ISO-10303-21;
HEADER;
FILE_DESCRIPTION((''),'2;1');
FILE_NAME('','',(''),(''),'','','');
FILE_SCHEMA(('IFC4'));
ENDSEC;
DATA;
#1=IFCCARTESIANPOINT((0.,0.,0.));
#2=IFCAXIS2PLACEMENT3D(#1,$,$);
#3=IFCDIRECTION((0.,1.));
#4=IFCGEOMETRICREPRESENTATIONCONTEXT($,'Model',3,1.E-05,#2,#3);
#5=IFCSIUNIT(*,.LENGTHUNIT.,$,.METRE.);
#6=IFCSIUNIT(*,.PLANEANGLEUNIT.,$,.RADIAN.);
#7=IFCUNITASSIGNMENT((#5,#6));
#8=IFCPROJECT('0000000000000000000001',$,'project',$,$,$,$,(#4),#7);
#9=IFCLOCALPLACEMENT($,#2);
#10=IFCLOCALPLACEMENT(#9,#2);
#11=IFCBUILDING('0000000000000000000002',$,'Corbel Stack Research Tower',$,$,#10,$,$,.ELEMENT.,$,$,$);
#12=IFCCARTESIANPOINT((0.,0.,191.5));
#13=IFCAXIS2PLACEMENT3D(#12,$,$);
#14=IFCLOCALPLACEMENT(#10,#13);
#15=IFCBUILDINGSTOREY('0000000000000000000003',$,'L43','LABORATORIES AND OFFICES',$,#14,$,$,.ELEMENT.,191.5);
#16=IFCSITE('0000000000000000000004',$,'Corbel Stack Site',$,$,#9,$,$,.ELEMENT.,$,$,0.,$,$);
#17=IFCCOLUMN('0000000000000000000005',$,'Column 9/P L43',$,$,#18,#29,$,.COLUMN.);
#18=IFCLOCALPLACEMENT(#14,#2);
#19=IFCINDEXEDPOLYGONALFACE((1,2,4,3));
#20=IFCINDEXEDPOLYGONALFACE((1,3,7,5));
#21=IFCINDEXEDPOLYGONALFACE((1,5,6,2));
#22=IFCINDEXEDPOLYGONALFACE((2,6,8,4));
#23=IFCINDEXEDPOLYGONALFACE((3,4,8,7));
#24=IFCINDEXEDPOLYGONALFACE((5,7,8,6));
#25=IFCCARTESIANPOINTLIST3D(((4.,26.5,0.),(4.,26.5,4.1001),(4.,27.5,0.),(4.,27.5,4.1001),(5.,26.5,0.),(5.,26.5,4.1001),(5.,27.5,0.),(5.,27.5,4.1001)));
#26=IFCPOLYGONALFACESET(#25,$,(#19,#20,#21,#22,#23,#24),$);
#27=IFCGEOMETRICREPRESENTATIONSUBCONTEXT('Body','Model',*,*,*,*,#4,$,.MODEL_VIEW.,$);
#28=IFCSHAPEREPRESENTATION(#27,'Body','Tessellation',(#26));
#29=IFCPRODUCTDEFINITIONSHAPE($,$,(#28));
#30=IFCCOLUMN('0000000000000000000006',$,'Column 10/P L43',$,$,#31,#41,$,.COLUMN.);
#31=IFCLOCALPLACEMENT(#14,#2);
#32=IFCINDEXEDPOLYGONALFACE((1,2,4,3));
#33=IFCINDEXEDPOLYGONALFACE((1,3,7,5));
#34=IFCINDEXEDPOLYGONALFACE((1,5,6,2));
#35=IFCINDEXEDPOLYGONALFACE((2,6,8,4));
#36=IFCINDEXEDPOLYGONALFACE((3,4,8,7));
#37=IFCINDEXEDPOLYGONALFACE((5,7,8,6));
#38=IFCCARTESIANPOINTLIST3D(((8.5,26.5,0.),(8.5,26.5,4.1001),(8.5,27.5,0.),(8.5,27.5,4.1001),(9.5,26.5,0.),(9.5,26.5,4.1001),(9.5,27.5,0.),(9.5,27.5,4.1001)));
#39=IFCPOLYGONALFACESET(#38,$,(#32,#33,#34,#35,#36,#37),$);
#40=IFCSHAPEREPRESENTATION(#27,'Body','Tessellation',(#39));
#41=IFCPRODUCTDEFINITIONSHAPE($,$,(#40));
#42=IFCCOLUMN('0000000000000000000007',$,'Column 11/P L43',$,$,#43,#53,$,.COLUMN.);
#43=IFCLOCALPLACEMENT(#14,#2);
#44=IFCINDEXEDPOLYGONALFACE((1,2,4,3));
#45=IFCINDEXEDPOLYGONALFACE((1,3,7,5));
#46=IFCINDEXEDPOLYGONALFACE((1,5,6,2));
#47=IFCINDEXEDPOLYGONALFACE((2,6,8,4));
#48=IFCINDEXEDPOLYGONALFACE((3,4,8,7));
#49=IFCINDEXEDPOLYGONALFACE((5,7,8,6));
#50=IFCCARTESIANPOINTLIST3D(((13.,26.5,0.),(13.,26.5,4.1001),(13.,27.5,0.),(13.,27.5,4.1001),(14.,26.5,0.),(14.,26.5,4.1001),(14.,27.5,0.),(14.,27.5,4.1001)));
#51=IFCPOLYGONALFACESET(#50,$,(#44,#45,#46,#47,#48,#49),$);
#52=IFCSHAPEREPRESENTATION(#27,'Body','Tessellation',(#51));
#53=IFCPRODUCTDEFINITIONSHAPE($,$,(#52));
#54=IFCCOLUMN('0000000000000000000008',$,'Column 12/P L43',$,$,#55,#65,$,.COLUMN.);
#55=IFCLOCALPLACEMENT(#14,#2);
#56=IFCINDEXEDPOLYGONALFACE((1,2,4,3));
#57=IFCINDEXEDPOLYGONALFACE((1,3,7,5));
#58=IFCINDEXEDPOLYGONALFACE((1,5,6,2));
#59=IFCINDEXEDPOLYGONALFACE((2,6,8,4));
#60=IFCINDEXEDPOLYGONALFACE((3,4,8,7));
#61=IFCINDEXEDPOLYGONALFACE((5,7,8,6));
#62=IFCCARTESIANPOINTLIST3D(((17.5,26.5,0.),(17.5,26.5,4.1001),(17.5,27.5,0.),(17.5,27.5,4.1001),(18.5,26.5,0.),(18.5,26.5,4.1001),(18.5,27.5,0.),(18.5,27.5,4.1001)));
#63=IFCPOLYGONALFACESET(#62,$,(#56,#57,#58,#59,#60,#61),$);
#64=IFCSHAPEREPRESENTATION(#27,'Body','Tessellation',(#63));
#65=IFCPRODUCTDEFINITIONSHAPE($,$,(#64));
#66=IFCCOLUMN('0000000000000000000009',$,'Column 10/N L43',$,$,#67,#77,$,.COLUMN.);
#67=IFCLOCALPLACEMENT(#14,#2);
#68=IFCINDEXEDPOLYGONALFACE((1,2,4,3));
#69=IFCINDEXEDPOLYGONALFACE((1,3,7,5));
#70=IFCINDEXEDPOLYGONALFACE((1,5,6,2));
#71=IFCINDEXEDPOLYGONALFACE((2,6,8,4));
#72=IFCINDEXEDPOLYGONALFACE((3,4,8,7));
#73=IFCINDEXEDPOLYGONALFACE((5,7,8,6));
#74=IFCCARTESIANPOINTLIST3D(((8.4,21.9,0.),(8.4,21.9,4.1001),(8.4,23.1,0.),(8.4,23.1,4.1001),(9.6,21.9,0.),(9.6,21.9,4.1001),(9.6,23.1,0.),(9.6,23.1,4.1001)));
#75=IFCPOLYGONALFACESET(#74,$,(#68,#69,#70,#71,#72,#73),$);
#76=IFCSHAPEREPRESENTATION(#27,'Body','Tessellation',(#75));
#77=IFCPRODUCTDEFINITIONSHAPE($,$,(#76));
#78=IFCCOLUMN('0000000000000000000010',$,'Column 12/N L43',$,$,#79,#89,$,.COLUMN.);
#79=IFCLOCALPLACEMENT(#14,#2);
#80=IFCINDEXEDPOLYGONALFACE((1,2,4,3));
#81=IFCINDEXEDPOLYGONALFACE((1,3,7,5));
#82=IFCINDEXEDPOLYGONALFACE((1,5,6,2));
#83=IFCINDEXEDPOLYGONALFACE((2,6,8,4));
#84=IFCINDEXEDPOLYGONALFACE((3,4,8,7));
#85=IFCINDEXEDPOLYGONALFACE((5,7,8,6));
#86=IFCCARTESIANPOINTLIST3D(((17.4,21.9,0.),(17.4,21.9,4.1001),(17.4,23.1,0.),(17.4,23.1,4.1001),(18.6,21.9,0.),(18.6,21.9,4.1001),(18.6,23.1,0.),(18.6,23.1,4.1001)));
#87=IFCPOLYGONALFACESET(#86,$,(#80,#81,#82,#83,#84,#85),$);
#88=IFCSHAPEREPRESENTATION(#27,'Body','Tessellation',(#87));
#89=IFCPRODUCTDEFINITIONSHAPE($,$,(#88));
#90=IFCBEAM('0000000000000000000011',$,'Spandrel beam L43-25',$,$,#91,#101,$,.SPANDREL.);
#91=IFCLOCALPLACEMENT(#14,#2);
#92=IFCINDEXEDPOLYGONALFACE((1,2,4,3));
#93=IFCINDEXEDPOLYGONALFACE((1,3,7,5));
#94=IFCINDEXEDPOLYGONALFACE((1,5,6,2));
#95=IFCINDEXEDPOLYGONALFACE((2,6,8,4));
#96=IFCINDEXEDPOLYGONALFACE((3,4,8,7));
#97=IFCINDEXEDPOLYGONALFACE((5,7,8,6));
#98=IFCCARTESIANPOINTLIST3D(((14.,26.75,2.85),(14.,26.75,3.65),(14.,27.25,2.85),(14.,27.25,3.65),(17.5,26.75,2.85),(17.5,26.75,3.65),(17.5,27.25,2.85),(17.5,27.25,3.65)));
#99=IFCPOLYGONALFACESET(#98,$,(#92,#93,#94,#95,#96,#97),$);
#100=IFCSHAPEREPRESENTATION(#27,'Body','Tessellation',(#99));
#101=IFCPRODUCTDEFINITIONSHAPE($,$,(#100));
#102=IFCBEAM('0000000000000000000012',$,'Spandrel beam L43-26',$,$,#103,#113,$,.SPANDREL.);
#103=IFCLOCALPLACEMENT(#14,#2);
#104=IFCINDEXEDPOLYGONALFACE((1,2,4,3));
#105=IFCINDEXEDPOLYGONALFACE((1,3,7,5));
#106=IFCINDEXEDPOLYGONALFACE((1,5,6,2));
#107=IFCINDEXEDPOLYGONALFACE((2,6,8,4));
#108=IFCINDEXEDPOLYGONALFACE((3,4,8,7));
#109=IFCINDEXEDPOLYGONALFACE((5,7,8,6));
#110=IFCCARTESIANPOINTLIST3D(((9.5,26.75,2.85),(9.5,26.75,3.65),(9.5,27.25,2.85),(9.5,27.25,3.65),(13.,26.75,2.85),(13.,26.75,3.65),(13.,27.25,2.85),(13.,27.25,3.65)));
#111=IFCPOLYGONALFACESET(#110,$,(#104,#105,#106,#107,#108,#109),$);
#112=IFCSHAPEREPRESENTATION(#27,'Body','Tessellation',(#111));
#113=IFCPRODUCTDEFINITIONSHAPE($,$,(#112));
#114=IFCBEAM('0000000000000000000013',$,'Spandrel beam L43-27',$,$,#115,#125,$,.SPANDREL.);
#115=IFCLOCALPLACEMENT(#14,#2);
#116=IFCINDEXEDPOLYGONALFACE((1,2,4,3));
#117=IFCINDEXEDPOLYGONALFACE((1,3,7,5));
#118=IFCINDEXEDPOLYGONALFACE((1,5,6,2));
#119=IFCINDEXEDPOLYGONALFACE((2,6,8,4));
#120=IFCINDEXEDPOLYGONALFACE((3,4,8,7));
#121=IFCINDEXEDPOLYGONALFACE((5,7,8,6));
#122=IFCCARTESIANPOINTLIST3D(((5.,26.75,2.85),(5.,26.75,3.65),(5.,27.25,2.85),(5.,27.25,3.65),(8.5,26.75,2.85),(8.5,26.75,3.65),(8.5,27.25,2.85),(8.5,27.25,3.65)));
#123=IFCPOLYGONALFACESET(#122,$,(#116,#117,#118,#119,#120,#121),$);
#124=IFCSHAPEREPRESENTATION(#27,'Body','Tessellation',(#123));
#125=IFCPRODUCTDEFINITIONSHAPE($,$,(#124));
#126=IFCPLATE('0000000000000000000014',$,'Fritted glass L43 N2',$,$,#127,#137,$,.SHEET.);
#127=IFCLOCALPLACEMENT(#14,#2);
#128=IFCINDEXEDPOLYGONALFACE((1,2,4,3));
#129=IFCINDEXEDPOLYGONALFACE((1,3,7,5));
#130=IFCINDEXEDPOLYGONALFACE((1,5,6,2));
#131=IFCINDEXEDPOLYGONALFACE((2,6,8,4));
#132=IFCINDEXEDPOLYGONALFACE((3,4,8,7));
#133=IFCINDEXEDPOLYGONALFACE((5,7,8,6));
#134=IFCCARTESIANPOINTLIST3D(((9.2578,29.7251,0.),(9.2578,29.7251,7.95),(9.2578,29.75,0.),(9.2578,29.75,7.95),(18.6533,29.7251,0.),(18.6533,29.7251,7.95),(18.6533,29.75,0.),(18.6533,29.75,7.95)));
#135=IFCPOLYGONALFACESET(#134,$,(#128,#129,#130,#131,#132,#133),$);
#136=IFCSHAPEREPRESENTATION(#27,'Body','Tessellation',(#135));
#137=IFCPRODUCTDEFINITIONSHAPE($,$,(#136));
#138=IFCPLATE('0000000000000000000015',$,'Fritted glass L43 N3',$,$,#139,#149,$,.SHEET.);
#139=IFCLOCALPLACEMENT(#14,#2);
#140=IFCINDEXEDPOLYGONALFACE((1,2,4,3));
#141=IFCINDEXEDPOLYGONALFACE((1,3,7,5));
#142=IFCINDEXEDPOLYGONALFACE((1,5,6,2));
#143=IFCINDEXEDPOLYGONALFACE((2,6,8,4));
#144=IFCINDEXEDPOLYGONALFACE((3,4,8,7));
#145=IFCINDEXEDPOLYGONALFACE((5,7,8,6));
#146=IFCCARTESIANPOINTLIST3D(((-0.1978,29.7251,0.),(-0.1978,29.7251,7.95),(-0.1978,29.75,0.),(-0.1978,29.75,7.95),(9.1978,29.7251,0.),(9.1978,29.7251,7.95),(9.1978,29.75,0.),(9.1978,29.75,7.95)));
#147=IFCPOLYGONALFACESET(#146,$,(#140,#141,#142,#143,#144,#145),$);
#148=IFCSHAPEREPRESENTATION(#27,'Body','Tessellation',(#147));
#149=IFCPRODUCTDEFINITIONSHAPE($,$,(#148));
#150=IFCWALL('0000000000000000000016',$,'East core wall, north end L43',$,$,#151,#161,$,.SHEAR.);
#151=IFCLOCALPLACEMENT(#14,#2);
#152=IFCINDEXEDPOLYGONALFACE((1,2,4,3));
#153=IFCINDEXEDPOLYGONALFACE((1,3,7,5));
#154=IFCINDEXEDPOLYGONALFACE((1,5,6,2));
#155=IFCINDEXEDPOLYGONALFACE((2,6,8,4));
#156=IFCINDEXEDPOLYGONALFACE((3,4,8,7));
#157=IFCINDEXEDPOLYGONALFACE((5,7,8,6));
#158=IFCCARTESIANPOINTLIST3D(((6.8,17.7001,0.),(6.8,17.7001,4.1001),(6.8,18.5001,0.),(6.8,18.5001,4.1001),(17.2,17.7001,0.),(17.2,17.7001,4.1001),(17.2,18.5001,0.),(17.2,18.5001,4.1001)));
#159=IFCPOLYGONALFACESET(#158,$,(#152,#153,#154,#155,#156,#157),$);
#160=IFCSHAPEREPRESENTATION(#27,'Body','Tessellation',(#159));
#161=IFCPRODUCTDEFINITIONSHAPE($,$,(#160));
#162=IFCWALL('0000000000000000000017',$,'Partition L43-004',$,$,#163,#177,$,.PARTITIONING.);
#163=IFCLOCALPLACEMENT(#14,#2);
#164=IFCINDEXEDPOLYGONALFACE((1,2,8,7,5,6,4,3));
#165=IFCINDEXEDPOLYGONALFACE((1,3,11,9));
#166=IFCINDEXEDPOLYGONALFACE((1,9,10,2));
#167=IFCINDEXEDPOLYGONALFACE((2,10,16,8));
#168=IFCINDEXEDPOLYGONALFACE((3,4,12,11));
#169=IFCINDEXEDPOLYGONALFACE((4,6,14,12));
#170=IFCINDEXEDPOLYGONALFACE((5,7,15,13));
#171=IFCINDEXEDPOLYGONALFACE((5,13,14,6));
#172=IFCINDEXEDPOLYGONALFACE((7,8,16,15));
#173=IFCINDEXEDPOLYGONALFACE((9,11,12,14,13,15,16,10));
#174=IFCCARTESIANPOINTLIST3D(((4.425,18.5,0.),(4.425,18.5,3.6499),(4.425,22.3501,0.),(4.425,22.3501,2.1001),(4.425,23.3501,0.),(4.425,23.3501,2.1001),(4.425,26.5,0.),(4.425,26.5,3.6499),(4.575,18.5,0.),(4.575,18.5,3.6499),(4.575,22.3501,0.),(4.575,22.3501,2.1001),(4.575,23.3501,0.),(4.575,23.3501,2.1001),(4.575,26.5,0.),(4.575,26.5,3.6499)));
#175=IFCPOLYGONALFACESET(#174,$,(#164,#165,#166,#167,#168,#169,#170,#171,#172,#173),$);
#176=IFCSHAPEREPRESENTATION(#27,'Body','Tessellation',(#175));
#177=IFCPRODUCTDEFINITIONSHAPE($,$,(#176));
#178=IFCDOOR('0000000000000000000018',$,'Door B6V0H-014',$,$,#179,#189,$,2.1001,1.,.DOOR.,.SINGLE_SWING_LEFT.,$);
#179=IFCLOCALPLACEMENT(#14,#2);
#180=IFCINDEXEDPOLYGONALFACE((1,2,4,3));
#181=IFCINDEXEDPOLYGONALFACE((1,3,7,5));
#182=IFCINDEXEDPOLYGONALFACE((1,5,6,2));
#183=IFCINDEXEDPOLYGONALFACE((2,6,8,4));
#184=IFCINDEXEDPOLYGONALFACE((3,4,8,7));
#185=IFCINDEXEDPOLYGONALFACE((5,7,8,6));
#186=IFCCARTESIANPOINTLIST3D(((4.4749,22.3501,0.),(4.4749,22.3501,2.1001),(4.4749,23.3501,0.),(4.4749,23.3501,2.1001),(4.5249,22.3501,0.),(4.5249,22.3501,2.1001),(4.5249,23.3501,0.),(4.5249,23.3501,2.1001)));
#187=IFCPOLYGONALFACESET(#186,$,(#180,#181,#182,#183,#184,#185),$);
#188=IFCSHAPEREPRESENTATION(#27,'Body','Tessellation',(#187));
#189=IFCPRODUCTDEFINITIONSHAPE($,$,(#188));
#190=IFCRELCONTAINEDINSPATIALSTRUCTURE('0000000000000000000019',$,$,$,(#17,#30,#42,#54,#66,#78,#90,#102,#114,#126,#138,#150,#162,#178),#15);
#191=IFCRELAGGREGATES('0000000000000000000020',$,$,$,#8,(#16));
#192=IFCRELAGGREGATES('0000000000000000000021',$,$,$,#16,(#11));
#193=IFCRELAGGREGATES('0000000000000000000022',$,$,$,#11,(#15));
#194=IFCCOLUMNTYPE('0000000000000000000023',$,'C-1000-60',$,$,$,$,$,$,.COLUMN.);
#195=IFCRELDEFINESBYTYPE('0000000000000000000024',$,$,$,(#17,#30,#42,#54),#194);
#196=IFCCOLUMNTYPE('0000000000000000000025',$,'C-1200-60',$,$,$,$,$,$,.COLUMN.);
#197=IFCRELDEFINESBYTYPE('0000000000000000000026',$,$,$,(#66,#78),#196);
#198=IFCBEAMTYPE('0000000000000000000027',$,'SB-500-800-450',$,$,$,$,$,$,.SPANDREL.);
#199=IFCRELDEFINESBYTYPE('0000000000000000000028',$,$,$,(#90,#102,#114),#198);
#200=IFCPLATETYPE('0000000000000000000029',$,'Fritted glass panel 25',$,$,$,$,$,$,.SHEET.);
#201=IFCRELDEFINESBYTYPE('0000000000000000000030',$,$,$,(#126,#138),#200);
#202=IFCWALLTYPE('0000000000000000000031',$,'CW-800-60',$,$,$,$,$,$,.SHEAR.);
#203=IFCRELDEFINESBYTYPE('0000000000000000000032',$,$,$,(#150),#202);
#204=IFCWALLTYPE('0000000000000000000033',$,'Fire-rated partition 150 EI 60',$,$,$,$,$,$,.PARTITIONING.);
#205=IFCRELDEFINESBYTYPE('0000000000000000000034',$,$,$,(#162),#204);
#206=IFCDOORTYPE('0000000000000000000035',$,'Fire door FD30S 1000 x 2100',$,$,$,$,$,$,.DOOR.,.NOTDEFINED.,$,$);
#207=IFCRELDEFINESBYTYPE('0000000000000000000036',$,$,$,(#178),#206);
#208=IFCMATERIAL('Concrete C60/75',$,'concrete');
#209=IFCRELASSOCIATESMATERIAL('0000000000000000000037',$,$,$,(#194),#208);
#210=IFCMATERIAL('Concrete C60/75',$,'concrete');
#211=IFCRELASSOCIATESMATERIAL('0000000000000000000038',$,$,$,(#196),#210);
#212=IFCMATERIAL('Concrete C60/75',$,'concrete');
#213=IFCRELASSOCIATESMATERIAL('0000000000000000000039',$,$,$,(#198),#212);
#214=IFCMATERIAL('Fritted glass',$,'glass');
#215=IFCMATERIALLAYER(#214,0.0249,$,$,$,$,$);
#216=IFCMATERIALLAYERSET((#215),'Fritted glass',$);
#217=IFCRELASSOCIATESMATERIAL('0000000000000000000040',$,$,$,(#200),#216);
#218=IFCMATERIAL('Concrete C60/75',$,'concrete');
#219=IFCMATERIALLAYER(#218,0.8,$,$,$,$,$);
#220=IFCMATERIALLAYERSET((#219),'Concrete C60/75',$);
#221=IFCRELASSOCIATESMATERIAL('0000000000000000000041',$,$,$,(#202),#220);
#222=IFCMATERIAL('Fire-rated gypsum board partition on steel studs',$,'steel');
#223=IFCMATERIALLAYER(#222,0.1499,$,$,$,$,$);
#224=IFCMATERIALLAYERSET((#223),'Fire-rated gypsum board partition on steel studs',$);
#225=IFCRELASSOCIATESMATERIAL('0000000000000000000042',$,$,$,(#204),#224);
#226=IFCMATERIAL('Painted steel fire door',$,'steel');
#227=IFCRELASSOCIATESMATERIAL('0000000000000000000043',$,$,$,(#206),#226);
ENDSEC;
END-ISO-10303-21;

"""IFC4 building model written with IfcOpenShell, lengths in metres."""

from ifc_helpers import new_model, si_unit, direction, frame, frame_2d, origin, origin_2d, place, context, subcontext, project, spatial, rectangle, extrude, material, layer, layer_set, material_profile, profile_set, type_object, element, fill, save


model = new_model("IFC4")

# Units and contexts
model_context = context("Model", 3, precision=1e-05, world=origin(), true_north=direction((0.0, 1.0)))
body_context = subcontext(model_context, "Body", "Model", "MODEL_VIEW")
ifc_project = project(units=[si_unit("LENGTHUNIT", "METRE"), si_unit("PLANEANGLEUNIT", "RADIAN")], contexts=[model_context])

# Site, building, storey
site_placement = place(None, origin())
site = spatial("IfcSite", under=ifc_project, at=site_placement, Name="Corbel Stack Site", CompositionType="ELEMENT", RefElevation=0.0)
building_placement = place(site_placement, origin())
building = spatial("IfcBuilding", under=site, at=building_placement, Name="Corbel Stack Research Tower", CompositionType="ELEMENT")
storey_placement = place(building_placement, frame((0.0, 0.0, 191.5)))
storey = spatial("IfcBuildingStorey", under=building, at=storey_placement, Name="L43", Description="LABORATORIES AND OFFICES", CompositionType="ELEMENT", Elevation=191.5)

# Columns
ifc_material_1 = material(Name="Concrete C60/75", Category="concrete")
ifc_material_profile_1 = material_profile(ifc_material_1, rectangle(XDim=1.0, YDim=1.0, at=origin_2d()), Name="RC 1000 x 1000")
ifc_profile_set_1 = profile_set([ifc_material_profile_1], Name="Concrete C60/75")
column_type_1 = type_object("IfcColumnType", Name="C-1000-60", PredefinedType="COLUMN", material=ifc_profile_set_1)
for number, where, z_axis, x_axis, name in (
    (1, (4.5, 27.0, 0.0), (0.0, 0.0, 1.0), (1.0, 0.0, 0.0), "Column 9/P L43"),
    (2, (9.0, 27.0, 0.0), (0.0, 0.0, 1.0), (1.0, 0.0, 0.0), "Column 10/P L43"),
    (3, (13.5, 27.0, 0.0), (0.0, 0.0, 1.0), (1.0, 0.0, 0.0), "Column 11/P L43"),
    (4, (18.0, 27.0, 0.0), (0.0, 0.0, 1.0), (1.0, 0.0, 0.0), "Column 12/P L43"),
):
    element("IfcColumn", number, at=place(storey_placement, frame(where, z_axis=z_axis, x_axis=x_axis)), inside=storey, type_object=column_type_1, Name=name, PredefinedType="COLUMN", context=body_context, shape_type="SweptSolid", body=[
        extrude(rectangle(XDim=1.0, YDim=1.0, at=origin_2d()), origin(), (0.0, 0.0, 1.0), 4.1001),
    ])
ifc_material_2 = material(Name="Concrete C60/75", Category="concrete")
ifc_material_profile_2 = material_profile(ifc_material_2, rectangle(XDim=1.2, YDim=1.2, at=origin_2d()), Name="RC 1200 x 1200")
ifc_profile_set_2 = profile_set([ifc_material_profile_2], Name="Concrete C60/75")
column_type_2 = type_object("IfcColumnType", Name="C-1200-60", PredefinedType="COLUMN", material=ifc_profile_set_2)
for number, where, z_axis, x_axis, name in (
    (5, (9.0, 22.5, 0.0), (0.0, 0.0, 1.0), (1.0, 0.0, 0.0), "Column 10/N L43"),
    (6, (18.0, 22.5, 0.0), (0.0, 0.0, 1.0), (1.0, 0.0, 0.0), "Column 12/N L43"),
):
    element("IfcColumn", number, at=place(storey_placement, frame(where, z_axis=z_axis, x_axis=x_axis)), inside=storey, type_object=column_type_2, Name=name, PredefinedType="COLUMN", context=body_context, shape_type="SweptSolid", body=[
        extrude(rectangle(XDim=1.2, YDim=1.2, at=origin_2d()), origin(), (0.0, 0.0, 1.0), 4.1001),
    ])

# Beams
ifc_material_3 = material(Name="Concrete C60/75", Category="concrete")
ifc_material_profile_3 = material_profile(ifc_material_3, rectangle(XDim=0.5, YDim=0.8, at=origin_2d()), Name="RC 500 x 800")
ifc_profile_set_3 = profile_set([ifc_material_profile_3], Name="Concrete C60/75")
beam_type = type_object("IfcBeamType", Name="SB-500-800-450", PredefinedType="SPANDREL", material=ifc_profile_set_3)
for number, where, z_axis, x_axis, name in (
    (7, (17.5, 27.0, 3.25), (-1.0, 0.0, 0.0), (0.0, -1.0, 0.0), "Spandrel beam L43-25"),
    (8, (13.0, 27.0, 3.25), (-1.0, 0.0, 0.0), (0.0, -1.0, 0.0), "Spandrel beam L43-26"),
    (9, (8.5, 27.0, 3.25), (-1.0, 0.0, 0.0), (0.0, -1.0, 0.0), "Spandrel beam L43-27"),
):
    element("IfcBeam", number, at=place(storey_placement, frame(where, z_axis=z_axis, x_axis=x_axis)), inside=storey, type_object=beam_type, Name=name, PredefinedType="SPANDREL", context=body_context, shape_type="SweptSolid", body=[
        extrude(rectangle(XDim=0.5, YDim=0.8, at=origin_2d()), origin(), (0.0, 0.0, 1.0), 3.5),
    ])

# Plates
ifc_material_4 = material(Name="Fritted glass", Category="glass")
ifc_layer_1 = layer(ifc_material_4, 0.0249)
ifc_layer_set_1 = layer_set([ifc_layer_1], Name="Fritted glass")
plate_type = type_object("IfcPlateType", Name="Fritted glass panel 25", PredefinedType="SHEET", material=ifc_layer_set_1)
for number, where, z_axis, x_axis, name in (
    (10, (13.9556, 29.7375, 0.0), (0.0, 0.0, 1.0), (-1.0, 0.0, 0.0), "Fritted glass L43 N2"),
    (11, (4.5, 29.7375, 0.0), (0.0, 0.0, 1.0), (-1.0, 0.0, 0.0), "Fritted glass L43 N3"),
):
    element("IfcPlate", number, at=place(storey_placement, frame(where, z_axis=z_axis, x_axis=x_axis)), inside=storey, type_object=plate_type, Name=name, PredefinedType="SHEET", context=body_context, shape_type="SweptSolid", body=[
        extrude(rectangle(XDim=9.3955, YDim=0.0249, at=origin_2d()), origin(), (0.0, 0.0, 1.0), 7.95),
    ])

# Wall
ifc_material_5 = material(Name="Concrete C60/75", Category="concrete")
ifc_layer_2 = layer(ifc_material_5, 0.8)
ifc_layer_set_2 = layer_set([ifc_layer_2], Name="Concrete C60/75")
wall_type_1 = type_object("IfcWallType", Name="CW-800-60", PredefinedType="SHEAR", material=ifc_layer_set_2)
wall_1_placement = place(storey_placement, frame((6.8, 18.1001, 0.0), z_axis=(0.0, 0.0, 1.0), x_axis=(1.0, 0.0, 0.0)))
element("IfcWall", 12, at=wall_1_placement, inside=storey, type_object=wall_type_1, Name="East core wall, north end L43", PredefinedType="SHEAR", context=body_context, shape_type="SweptSolid", body=[
    extrude(rectangle(XDim=10.3999, YDim=0.8, at=frame_2d((5.2, 0.0))), origin(), (0.0, 0.0, 1.0), 4.1001),
])

# Wall, opening, door
ifc_material_6 = material(Name="Fire-rated gypsum board partition on steel studs", Category="steel")
ifc_layer_3 = layer(ifc_material_6, 0.1499)
ifc_layer_set_3 = layer_set([ifc_layer_3], Name="Fire-rated gypsum board partition on steel studs")
wall_type_2 = type_object("IfcWallType", Name="Fire-rated partition 150 EI 60", PredefinedType="PARTITIONING", material=ifc_layer_set_3)
wall_2_placement = place(storey_placement, frame((4.5, 26.5, 0.0), z_axis=(0.0, 0.0, 1.0), x_axis=(0.0, -1.0, 0.0)))
wall_2 = element("IfcWall", 13, at=wall_2_placement, inside=storey, type_object=wall_type_2, Name="Partition L43-004", PredefinedType="PARTITIONING", context=body_context, shape_type="SweptSolid", body=[
    extrude(rectangle(XDim=8.0, YDim=0.1499, at=frame_2d((4.0, 0.0))), origin(), (0.0, 0.0, 1.0), 3.6499),
])
opening_1_placement = place(wall_2_placement, frame((3.1499, 0.0, 0.0)))
opening_1 = element("IfcOpeningElement", 14, at=opening_1_placement, cuts=wall_2, PredefinedType="OPENING", context=body_context, shape_type="SweptSolid", body=[
    extrude(rectangle(XDim=1.0, YDim=2.1001, at=frame_2d((0.5, 1.05))), frame((0.0, 0.085, 0.0), z_axis=(0.0, -1.0, 0.0), x_axis=(1.0, 0.0, 0.0)), (0.0, 0.0, 1.0), 0.1699),
])
ifc_material_7 = material(Name="Painted steel fire door", Category="steel")
door_type_1 = type_object("IfcDoorType", Name="Fire door FD30S 1000 x 2100", OperationType="NOTDEFINED", PredefinedType="DOOR", material=ifc_material_7)
door_1_placement = place(opening_1_placement, origin())
door_1 = element("IfcDoor", 15, at=door_1_placement, inside=storey, type_object=door_type_1, Name="Door B6V0H-014", OperationType="SINGLE_SWING_LEFT", OverallHeight=2.1001, OverallWidth=1.0, PredefinedType="DOOR", context=body_context, shape_type="SweptSolid", body=[
    extrude(rectangle(XDim=1.0, YDim=2.1001, at=frame_2d((0.5, 1.05))), frame((0.0, 0.0249, 0.0), z_axis=(0.0, -1.0, 0.0), x_axis=(1.0, 0.0, 0.0)), (0.0, 0.0, 1.0), 0.05),
])
fill(opening_1, door_1)

save(model, "model.ifc")
